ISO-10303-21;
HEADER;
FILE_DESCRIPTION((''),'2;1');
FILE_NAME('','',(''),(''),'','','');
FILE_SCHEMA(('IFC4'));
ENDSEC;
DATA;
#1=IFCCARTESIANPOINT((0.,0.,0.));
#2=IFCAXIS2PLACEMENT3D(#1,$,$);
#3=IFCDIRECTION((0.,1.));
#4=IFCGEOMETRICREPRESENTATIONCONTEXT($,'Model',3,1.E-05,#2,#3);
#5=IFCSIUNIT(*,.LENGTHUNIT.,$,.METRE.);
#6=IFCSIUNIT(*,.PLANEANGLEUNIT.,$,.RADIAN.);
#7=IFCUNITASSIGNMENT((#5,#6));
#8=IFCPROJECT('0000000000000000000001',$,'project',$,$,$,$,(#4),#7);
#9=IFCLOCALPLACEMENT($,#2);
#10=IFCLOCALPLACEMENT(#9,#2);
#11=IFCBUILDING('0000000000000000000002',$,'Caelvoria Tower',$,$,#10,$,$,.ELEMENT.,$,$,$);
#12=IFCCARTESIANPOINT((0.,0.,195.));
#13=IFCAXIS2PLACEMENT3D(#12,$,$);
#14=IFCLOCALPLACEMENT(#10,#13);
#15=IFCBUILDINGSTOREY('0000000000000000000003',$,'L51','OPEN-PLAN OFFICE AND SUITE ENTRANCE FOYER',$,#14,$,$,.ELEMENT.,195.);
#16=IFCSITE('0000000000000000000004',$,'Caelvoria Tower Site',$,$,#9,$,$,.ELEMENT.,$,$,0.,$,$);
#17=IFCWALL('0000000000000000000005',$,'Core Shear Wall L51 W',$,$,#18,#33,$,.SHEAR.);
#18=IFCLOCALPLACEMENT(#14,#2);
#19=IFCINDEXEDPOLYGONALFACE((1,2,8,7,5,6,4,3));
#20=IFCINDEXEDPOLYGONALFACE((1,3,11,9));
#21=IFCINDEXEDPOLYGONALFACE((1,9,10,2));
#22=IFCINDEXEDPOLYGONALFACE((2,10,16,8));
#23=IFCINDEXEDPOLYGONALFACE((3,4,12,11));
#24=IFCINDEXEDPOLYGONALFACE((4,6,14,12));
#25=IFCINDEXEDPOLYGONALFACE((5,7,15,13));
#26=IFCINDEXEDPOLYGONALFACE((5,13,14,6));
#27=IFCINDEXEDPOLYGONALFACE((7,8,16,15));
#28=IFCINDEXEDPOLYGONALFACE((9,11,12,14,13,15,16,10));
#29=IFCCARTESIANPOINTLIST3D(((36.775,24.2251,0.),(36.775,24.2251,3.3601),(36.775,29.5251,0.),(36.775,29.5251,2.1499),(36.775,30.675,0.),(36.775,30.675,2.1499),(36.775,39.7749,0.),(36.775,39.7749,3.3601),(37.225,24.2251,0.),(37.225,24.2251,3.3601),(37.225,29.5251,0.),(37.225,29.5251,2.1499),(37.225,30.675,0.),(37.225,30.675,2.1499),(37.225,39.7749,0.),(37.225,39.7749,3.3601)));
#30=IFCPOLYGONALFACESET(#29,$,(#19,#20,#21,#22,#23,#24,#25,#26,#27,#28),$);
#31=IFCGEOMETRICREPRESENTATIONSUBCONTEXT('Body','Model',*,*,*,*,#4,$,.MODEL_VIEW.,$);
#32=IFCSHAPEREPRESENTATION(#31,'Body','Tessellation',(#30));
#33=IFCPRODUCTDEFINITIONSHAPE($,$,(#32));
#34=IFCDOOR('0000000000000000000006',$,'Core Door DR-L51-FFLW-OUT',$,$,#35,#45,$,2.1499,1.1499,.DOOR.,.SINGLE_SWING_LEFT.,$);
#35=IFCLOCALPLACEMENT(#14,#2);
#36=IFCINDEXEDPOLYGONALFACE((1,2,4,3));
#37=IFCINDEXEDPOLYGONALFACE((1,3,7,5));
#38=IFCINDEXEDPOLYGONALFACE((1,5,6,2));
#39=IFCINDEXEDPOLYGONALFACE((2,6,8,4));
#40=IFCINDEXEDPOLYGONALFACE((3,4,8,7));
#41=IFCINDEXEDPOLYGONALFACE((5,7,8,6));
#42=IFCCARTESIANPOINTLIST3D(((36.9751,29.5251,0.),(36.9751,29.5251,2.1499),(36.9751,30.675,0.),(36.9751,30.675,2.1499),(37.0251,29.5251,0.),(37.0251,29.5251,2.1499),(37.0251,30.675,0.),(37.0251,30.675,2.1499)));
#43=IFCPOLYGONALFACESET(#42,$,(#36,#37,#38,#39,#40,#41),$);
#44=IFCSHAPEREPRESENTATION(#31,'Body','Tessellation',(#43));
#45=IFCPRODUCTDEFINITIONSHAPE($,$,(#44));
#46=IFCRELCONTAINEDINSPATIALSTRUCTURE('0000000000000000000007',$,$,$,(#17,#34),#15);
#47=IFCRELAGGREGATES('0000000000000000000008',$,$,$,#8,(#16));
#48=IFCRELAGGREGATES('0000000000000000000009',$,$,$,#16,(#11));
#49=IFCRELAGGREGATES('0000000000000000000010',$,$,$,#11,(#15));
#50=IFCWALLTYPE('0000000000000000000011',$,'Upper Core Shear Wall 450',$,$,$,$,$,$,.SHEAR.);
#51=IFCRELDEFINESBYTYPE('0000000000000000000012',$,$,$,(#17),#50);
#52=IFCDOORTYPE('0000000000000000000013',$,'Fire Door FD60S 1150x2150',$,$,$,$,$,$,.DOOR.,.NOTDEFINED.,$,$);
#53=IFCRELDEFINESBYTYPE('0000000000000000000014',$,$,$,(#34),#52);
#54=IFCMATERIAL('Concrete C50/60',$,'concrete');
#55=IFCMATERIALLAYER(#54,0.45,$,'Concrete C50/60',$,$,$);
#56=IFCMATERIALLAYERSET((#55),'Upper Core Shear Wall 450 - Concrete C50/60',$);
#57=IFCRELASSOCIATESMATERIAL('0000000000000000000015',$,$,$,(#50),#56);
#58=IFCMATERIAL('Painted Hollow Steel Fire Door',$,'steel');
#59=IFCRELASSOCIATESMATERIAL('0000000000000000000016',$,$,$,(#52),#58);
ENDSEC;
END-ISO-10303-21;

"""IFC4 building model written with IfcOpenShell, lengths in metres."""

from ifc_helpers import new_model, si_unit, direction, frame, frame_2d, origin, place, context, subcontext, project, spatial, rectangle, extrude, material, layer, layer_set, type_object, element, fill, save


model = new_model("IFC4")

# Units and contexts
model_context = context("Model", 3, precision=1e-05, world=origin(), true_north=direction((0.0, 1.0)))
body_context = subcontext(model_context, "Body", "Model", "MODEL_VIEW")
ifc_project = project(units=[si_unit("LENGTHUNIT", "METRE"), si_unit("PLANEANGLEUNIT", "RADIAN")], contexts=[model_context])

# Site, building, storey
site_placement = place(None, origin())
site = spatial("IfcSite", under=ifc_project, at=site_placement, Name="Caelvoria Tower Site", CompositionType="ELEMENT", RefElevation=0.0)
building_placement = place(site_placement, origin())
building = spatial("IfcBuilding", under=site, at=building_placement, Name="Caelvoria Tower", CompositionType="ELEMENT")
storey_placement = place(building_placement, frame((0.0, 0.0, 195.0)))
storey = spatial("IfcBuildingStorey", under=building, at=storey_placement, Name="L51", Description="OPEN-PLAN OFFICE AND SUITE ENTRANCE FOYER", CompositionType="ELEMENT", Elevation=195.0)

# Shared definitions
ifc_material_1 = material(Name="Concrete C50/60", Category="concrete")
ifc_material_2 = material(Name="Painted Hollow Steel Fire Door", Category="steel")

# Wall, opening, door
ifc_layer_1 = layer(ifc_material_1, 0.45, Name="Concrete C50/60")
ifc_layer_set_1 = layer_set([ifc_layer_1], Name="Upper Core Shear Wall 450 - Concrete C50/60")
wall_type_1 = type_object("IfcWallType", Name="Upper Core Shear Wall 450", PredefinedType="SHEAR", material=ifc_layer_set_1)
wall_1_placement = place(storey_placement, frame((37.0, 24.2251, 0.0), z_axis=(0.0, 0.0, 1.0), x_axis=(0.0, 1.0, 0.0)))
wall_1 = element("IfcWall", 1, at=wall_1_placement, inside=storey, type_object=wall_type_1, Name="Core Shear Wall L51 W", PredefinedType="SHEAR", context=body_context, shape_type="SweptSolid", body=[
    extrude(rectangle(XDim=15.5498, YDim=0.45, at=frame_2d((7.7749, 0.0))), origin(), (0.0, 0.0, 1.0), 3.3601),
])
opening_1_placement = place(wall_1_placement, frame((5.3, 0.0, 0.0)))
opening_1 = element("IfcOpeningElement", 2, at=opening_1_placement, cuts=wall_1, PredefinedType="OPENING", context=body_context, shape_type="SweptSolid", body=[
    extrude(rectangle(XDim=1.1499, YDim=2.1499, at=frame_2d((0.575, 1.075))), frame((0.0, 0.2349, 0.0), z_axis=(0.0, -1.0, 0.0), x_axis=(1.0, 0.0, 0.0)), (0.0, 0.0, 1.0), 0.47),
])
door_type_1 = type_object("IfcDoorType", Name="Fire Door FD60S 1150x2150", OperationType="NOTDEFINED", PredefinedType="DOOR", material=ifc_material_2)
door_1_placement = place(opening_1_placement, origin())
door_1 = element("IfcDoor", 3, at=door_1_placement, inside=storey, type_object=door_type_1, Name="Core Door DR-L51-FFLW-OUT", OperationType="SINGLE_SWING_LEFT", OverallHeight=2.1499, OverallWidth=1.1499, PredefinedType="DOOR", context=body_context, shape_type="SweptSolid", body=[
    extrude(rectangle(XDim=1.1499, YDim=2.1499, at=frame_2d((0.575, 1.075))), frame((0.0, 0.0249, 0.0), z_axis=(0.0, -1.0, 0.0), x_axis=(1.0, 0.0, 0.0)), (0.0, 0.0, 1.0), 0.05),
])
fill(opening_1, door_1)

save(model, "model.ifc")
